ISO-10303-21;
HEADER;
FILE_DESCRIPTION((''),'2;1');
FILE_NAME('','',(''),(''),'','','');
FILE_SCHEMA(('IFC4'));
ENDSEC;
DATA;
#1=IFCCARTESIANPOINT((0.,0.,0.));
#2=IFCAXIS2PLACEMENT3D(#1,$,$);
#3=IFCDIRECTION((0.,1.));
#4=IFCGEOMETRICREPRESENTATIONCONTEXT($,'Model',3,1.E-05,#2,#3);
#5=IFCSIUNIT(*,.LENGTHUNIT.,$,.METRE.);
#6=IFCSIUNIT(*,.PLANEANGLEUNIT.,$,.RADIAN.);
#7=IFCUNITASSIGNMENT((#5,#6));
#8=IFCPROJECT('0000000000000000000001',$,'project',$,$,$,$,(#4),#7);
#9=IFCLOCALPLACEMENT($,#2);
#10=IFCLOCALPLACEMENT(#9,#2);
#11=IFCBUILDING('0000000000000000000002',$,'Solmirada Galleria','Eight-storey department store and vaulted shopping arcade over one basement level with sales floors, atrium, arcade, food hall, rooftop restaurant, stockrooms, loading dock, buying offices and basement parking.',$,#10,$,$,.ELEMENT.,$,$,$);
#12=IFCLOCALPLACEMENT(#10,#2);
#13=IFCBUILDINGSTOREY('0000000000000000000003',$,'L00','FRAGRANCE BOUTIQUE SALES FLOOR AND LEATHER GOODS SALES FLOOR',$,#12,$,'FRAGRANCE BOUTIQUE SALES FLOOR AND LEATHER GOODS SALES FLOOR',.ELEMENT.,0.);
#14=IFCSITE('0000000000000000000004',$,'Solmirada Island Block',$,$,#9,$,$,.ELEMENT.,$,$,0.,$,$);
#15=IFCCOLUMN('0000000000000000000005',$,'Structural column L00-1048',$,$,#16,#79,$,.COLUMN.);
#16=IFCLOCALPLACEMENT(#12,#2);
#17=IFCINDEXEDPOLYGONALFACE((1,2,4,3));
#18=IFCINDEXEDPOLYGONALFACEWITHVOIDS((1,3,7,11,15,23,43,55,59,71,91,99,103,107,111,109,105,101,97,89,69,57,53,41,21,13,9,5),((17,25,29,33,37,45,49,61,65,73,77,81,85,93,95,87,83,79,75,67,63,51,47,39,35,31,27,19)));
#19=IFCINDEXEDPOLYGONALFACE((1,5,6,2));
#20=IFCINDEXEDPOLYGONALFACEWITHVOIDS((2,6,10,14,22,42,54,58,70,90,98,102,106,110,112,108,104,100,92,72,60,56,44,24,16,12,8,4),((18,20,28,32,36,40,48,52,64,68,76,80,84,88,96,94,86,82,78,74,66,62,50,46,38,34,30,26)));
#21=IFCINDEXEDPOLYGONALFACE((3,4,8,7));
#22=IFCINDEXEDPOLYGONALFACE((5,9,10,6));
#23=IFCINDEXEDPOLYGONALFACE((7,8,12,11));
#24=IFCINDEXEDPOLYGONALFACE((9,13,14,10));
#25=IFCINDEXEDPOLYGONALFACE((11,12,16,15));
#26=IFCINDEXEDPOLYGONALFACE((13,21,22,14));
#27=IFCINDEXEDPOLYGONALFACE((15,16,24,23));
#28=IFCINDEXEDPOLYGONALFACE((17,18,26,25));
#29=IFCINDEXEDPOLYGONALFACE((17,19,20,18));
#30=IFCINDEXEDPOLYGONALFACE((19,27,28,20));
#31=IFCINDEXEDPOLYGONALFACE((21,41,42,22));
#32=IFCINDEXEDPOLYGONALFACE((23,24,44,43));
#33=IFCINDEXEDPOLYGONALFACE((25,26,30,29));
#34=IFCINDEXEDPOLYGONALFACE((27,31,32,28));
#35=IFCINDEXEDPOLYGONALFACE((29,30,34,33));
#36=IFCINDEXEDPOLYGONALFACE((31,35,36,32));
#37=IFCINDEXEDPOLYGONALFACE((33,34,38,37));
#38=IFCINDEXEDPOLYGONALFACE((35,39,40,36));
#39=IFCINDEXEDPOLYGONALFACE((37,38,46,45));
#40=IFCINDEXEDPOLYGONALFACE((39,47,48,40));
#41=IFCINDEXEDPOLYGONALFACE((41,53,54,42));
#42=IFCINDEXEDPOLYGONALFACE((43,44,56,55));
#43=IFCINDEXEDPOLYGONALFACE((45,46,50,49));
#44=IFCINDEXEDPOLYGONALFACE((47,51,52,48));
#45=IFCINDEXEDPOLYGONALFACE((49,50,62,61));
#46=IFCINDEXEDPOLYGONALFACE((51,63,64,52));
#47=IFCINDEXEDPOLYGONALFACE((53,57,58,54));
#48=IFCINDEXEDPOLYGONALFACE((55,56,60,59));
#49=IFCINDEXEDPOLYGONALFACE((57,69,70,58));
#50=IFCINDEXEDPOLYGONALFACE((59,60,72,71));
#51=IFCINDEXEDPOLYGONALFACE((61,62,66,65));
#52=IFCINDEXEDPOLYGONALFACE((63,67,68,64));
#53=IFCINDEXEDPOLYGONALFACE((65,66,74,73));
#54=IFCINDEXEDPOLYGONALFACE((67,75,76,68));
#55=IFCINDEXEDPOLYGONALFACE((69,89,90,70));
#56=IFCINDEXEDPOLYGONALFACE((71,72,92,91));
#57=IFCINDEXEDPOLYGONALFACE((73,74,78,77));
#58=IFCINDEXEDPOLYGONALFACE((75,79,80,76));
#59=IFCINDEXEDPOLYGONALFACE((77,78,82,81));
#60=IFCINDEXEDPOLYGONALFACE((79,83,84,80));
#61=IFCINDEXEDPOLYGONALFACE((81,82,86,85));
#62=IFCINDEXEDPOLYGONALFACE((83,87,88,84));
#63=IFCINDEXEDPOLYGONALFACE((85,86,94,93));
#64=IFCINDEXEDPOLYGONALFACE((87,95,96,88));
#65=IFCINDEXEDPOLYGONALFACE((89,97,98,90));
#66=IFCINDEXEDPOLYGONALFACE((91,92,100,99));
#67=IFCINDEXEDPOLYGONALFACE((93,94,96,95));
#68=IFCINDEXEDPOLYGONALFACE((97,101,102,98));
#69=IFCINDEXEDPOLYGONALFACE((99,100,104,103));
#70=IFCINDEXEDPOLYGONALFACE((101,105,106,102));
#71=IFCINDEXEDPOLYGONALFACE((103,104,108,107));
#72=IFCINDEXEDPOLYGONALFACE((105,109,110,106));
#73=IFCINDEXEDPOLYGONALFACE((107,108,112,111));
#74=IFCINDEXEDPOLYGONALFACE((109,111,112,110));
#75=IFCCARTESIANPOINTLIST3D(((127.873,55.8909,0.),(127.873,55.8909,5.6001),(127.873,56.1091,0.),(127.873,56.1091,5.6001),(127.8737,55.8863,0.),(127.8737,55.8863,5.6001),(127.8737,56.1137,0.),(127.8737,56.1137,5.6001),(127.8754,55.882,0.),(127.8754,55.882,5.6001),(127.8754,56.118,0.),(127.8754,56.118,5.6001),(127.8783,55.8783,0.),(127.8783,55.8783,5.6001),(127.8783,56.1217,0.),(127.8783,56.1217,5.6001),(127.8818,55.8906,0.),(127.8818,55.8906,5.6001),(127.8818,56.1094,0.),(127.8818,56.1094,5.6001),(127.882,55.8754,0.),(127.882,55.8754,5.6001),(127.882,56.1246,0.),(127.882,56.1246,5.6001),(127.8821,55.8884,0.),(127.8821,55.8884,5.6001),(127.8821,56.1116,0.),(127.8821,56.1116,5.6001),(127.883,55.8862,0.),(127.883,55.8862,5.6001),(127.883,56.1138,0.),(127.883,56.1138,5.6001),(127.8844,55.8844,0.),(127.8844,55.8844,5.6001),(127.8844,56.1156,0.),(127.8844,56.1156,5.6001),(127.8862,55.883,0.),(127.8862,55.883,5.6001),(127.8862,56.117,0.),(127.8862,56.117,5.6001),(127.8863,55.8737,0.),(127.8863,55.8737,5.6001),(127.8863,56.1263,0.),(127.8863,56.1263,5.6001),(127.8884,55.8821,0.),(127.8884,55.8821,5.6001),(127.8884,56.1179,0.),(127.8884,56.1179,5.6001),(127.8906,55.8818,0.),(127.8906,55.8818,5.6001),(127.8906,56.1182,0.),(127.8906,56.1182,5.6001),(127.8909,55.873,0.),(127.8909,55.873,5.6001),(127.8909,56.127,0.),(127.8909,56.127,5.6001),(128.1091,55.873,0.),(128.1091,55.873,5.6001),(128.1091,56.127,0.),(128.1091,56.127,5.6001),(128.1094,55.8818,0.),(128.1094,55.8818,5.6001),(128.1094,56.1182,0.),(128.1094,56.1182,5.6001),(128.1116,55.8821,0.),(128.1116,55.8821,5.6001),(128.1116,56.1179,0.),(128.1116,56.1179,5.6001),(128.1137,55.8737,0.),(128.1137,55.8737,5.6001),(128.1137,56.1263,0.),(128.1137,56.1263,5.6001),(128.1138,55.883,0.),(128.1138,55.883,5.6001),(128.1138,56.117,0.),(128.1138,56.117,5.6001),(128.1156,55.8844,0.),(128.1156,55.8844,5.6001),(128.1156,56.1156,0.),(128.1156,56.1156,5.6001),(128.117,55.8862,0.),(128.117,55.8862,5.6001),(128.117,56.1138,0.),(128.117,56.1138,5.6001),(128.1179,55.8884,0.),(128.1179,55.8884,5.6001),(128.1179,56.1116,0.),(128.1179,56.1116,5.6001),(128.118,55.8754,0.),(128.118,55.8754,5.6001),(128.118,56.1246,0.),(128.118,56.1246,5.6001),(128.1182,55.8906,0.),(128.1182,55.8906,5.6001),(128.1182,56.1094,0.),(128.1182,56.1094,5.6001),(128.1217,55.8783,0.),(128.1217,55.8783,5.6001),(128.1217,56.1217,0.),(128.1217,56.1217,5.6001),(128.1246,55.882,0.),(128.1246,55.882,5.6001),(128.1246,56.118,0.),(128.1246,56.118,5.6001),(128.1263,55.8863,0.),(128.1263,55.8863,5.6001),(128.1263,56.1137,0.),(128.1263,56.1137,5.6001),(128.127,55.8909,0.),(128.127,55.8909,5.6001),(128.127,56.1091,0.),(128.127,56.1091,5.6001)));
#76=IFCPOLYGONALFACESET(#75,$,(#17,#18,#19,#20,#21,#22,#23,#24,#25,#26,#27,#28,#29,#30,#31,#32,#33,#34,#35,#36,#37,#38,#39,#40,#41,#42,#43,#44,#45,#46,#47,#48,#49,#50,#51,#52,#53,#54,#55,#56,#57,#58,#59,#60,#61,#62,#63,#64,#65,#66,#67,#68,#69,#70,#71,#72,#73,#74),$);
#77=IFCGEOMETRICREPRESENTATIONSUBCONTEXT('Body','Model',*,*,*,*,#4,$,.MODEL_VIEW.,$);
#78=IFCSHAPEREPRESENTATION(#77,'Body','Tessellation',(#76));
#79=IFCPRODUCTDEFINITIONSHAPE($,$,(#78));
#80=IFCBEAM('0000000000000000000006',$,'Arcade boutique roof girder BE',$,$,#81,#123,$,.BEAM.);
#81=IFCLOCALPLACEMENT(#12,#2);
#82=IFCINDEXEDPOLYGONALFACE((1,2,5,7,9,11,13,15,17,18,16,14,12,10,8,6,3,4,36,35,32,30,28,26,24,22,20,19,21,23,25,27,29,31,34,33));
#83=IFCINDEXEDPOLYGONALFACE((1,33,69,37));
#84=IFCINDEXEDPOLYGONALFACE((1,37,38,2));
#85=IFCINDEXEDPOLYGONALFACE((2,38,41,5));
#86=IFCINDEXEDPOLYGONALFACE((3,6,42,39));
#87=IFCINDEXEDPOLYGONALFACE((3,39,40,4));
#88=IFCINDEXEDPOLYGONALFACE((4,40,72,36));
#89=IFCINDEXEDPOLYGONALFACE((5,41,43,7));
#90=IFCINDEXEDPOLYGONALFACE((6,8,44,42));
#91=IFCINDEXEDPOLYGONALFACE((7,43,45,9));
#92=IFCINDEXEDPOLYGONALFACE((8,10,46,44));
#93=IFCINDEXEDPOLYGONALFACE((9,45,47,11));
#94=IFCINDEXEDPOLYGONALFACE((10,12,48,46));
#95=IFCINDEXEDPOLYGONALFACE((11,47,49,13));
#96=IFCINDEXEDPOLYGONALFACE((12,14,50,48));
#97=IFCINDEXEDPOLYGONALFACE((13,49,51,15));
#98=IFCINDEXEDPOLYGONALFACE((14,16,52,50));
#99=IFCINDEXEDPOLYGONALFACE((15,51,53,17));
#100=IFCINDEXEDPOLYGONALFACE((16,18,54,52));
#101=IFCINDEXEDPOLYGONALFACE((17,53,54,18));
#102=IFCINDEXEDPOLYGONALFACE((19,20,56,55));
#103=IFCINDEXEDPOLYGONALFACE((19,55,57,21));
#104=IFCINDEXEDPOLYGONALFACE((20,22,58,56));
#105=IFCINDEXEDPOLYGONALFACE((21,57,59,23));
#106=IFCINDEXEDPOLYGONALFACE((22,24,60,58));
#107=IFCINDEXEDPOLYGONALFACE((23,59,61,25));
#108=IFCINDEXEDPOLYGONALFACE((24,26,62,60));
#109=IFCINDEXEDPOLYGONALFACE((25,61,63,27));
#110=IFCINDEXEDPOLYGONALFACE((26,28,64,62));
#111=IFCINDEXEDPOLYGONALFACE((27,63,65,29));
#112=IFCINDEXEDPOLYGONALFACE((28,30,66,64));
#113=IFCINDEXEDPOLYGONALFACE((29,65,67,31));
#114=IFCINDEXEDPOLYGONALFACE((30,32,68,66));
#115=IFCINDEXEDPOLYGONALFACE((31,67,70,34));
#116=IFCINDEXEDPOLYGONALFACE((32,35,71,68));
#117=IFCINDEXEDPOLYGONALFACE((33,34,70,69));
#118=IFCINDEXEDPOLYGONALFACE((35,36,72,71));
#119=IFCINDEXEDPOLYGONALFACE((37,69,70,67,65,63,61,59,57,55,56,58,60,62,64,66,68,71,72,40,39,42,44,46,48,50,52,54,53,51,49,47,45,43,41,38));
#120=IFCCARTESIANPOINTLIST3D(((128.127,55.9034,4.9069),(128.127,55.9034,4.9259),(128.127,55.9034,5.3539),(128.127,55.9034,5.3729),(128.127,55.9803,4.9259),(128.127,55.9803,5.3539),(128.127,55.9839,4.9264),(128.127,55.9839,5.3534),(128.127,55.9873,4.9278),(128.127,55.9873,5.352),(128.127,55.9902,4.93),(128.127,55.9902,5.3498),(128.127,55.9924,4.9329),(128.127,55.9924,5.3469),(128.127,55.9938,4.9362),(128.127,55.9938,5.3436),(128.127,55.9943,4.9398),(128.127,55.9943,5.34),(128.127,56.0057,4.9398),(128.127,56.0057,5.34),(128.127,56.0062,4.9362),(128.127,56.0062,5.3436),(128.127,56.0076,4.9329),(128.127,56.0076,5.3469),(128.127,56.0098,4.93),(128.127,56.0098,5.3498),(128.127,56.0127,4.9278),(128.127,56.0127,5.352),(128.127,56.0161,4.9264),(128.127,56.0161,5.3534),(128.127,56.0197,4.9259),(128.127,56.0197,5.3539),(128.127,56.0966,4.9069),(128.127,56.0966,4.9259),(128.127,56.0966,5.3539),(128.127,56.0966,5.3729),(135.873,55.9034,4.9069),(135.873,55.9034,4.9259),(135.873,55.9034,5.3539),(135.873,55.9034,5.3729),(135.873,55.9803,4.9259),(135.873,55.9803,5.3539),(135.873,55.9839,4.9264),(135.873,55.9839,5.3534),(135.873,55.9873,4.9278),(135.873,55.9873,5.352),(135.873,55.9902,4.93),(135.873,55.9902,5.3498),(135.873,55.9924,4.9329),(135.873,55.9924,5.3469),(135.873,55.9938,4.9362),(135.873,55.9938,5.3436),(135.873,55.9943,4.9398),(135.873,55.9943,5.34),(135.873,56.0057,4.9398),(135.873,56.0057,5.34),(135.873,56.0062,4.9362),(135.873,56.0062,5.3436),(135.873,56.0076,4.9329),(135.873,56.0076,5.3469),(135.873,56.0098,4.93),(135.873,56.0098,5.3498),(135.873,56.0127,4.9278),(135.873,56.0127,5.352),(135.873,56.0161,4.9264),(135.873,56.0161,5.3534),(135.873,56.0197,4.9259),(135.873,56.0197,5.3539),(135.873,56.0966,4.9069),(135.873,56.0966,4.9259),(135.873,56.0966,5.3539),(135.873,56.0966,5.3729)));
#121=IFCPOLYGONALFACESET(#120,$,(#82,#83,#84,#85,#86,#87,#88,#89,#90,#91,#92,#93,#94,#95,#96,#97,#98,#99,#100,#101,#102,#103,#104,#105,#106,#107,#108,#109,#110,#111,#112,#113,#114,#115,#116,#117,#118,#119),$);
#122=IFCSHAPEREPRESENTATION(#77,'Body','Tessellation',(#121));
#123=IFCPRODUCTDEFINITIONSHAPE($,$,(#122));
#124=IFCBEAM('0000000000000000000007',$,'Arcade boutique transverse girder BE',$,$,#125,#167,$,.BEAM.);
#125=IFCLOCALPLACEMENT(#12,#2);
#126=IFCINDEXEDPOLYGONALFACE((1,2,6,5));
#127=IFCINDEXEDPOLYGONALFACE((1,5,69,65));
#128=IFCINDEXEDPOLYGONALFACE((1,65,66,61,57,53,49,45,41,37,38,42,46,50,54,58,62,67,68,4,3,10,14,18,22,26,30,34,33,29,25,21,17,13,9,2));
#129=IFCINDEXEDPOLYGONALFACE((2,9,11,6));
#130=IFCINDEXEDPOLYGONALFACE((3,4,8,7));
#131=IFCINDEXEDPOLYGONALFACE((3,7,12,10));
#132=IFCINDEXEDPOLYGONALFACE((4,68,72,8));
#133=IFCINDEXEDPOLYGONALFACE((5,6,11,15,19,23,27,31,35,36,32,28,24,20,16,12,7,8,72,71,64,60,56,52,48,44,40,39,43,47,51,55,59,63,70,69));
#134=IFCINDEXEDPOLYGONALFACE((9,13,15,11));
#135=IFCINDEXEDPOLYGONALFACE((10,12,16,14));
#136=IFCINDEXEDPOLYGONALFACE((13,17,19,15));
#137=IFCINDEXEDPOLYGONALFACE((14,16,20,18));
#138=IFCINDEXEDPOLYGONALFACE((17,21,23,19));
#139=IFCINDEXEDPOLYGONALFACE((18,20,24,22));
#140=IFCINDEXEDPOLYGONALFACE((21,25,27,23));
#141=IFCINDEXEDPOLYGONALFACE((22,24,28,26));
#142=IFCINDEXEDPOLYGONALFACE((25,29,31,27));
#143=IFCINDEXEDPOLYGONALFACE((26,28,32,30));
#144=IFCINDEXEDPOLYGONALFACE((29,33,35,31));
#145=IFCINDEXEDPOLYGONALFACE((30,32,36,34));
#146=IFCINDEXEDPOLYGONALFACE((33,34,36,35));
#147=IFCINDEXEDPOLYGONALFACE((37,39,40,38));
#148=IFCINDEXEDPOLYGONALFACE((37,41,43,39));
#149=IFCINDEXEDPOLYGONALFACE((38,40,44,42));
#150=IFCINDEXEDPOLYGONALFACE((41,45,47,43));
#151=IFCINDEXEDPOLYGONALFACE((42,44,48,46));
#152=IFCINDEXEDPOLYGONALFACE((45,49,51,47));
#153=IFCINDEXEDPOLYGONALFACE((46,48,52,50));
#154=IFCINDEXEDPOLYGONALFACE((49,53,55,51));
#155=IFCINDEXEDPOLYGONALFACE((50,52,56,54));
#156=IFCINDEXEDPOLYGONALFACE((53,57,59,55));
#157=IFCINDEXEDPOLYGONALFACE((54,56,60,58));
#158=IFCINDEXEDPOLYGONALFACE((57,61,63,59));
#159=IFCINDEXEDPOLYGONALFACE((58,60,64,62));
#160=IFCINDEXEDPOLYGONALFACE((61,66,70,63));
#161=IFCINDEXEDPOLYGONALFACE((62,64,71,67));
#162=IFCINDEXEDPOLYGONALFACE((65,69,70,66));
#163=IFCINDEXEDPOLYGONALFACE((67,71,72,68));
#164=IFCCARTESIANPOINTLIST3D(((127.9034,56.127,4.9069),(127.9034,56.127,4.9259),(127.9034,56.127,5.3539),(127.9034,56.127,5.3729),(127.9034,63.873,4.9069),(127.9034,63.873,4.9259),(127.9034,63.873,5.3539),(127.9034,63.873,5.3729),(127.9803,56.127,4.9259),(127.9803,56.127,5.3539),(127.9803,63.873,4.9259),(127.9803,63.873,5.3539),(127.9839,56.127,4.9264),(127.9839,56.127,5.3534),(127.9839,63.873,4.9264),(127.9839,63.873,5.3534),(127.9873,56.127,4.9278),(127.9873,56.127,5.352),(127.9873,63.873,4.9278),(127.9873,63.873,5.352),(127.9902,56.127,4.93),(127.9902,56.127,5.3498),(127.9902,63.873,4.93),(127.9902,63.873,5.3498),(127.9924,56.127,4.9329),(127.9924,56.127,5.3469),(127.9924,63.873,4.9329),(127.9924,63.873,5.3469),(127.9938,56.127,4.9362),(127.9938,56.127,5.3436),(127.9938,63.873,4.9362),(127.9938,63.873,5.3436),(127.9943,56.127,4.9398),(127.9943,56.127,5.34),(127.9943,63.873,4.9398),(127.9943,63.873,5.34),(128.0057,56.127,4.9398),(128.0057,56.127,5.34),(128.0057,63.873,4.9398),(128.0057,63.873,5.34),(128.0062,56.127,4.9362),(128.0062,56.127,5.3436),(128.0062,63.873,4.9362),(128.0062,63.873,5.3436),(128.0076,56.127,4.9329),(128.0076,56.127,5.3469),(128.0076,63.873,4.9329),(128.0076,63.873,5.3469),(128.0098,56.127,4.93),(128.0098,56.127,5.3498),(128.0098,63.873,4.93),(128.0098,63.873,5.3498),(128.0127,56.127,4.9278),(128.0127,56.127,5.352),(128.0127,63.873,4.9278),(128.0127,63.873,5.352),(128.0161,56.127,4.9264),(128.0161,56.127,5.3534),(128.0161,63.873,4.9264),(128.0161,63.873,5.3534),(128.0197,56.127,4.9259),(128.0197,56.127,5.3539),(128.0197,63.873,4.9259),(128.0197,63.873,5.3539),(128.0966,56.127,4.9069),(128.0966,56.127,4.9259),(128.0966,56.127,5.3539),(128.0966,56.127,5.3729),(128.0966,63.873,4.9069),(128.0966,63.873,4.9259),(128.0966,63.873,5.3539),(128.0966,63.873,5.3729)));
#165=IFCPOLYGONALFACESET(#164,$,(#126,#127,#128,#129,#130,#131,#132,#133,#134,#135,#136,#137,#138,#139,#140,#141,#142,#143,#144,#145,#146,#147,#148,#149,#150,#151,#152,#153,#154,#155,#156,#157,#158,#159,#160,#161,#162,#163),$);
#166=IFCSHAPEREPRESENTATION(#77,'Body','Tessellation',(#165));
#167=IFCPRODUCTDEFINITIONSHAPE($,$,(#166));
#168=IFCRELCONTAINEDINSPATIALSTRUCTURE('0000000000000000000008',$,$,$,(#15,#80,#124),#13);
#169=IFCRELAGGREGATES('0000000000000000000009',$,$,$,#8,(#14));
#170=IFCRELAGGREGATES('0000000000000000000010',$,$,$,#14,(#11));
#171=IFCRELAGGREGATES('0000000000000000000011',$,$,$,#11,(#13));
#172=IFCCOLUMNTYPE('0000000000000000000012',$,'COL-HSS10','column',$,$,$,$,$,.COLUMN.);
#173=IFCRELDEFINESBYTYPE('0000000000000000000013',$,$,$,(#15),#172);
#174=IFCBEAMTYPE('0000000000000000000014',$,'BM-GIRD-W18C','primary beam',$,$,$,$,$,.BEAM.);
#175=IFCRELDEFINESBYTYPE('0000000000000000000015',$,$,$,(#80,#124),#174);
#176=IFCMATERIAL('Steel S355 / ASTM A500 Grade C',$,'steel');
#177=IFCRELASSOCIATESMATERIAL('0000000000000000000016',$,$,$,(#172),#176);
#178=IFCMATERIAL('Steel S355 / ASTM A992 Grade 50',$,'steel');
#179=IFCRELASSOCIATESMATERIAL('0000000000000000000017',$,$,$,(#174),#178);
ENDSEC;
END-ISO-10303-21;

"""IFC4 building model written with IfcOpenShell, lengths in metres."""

from ifc_helpers import new_model, si_unit, direction, frame, origin, origin_2d, place, context, subcontext, project, spatial, hollow_rectangle, i_section, extrude, material, material_profile, profile_set, type_object, element, save


model = new_model("IFC4")

# Units and contexts
model_context = context("Model", 3, precision=1e-05, world=origin(), true_north=direction((0.0, 1.0)))
body_context = subcontext(model_context, "Body", "Model", "MODEL_VIEW")
ifc_project = project(units=[si_unit("LENGTHUNIT", "METRE"), si_unit("PLANEANGLEUNIT", "RADIAN")], contexts=[model_context])

# Site, building, storey
site_placement = place(None, origin())
site = spatial("IfcSite", under=ifc_project, at=site_placement, Name="Solmirada Island Block", CompositionType="ELEMENT", RefElevation=0.0)
building_placement = place(site_placement, origin())
building = spatial("IfcBuilding", under=site, at=building_placement, Name="Solmirada Galleria", Description="Eight-storey department store and vaulted shopping arcade over one basement level with sales floors, atrium, arcade, food hall, rooftop restaurant, stockrooms, loading dock, buying offices and basement parking.", CompositionType="ELEMENT")
storey_placement = place(building_placement, origin())
storey = spatial("IfcBuildingStorey", under=building, at=storey_placement, Name="L00", Description="FRAGRANCE BOUTIQUE SALES FLOOR AND LEATHER GOODS SALES FLOOR", LongName="FRAGRANCE BOUTIQUE SALES FLOOR AND LEATHER GOODS SALES FLOOR", CompositionType="ELEMENT", Elevation=0.0)

# Column
ifc_material_1 = material(Name="Steel S355 / ASTM A500 Grade C", Category="steel")
ifc_material_profile_1 = material_profile(ifc_material_1, hollow_rectangle(XDim=0.2539, YDim=0.2539, WallThickness=0.0088, InnerFilletRadius=0.0088, OuterFilletRadius=0.0178, at=origin_2d()), Name="HSS10X10X3/8")
ifc_profile_set_1 = profile_set([ifc_material_profile_1], Name="Steel S355 / ASTM A500 Grade C")
column_type = type_object("IfcColumnType", Name="COL-HSS10", Description="column", PredefinedType="COLUMN", material=ifc_profile_set_1)
column_placement = place(storey_placement, frame((128.0, 56.0, 0.0), z_axis=(0.0, 0.0, 1.0), x_axis=(1.0, 0.0, 0.0)))
element("IfcColumn", 1, at=column_placement, inside=storey, type_object=column_type, Name="Structural column L00-1048", PredefinedType="COLUMN", context=body_context, shape_type="SweptSolid", body=[
    extrude(hollow_rectangle(XDim=0.2539, YDim=0.2539, WallThickness=0.0088, InnerFilletRadius=0.0088, OuterFilletRadius=0.0178, at=origin_2d()), origin(), (0.0, 0.0, 1.0), 5.6001),
])

# Beams
ifc_material_2 = material(Name="Steel S355 / ASTM A992 Grade 50", Category="steel")
ifc_material_profile_2 = material_profile(ifc_material_2, i_section(OverallWidth=0.1931, OverallDepth=0.4661, WebThickness=0.0115, FlangeThickness=0.019, FilletRadius=0.0139, at=origin_2d()), Name="W18X65")
ifc_profile_set_2 = profile_set([ifc_material_profile_2], Name="Steel S355 / ASTM A992 Grade 50")
beam_type_1 = type_object("IfcBeamType", Name="BM-GIRD-W18C", Description="primary beam", PredefinedType="BEAM", material=ifc_profile_set_2)
for number, where, z_axis, x_axis, name in (
    (2, (128.127, 56.0, 5.1399), (1.0, 0.0, 0.0), (0.0, 1.0, 0.0), "Arcade boutique roof girder BE"),
    (3, (128.0, 56.127, 5.1399), (0.0, 1.0, 0.0), (-1.0, 0.0, 0.0), "Arcade boutique transverse girder BE"),
):
    element("IfcBeam", number, at=place(storey_placement, frame(where, z_axis=z_axis, x_axis=x_axis)), inside=storey, type_object=beam_type_1, Name=name, PredefinedType="BEAM", context=body_context, shape_type="SweptSolid", body=[
        extrude(i_section(OverallWidth=0.1931, OverallDepth=0.4661, WebThickness=0.0115, FlangeThickness=0.019, FilletRadius=0.0139, at=origin_2d()), origin(), (0.0, 0.0, 1.0), 7.7461),
    ])

save(model, "model.ifc")
